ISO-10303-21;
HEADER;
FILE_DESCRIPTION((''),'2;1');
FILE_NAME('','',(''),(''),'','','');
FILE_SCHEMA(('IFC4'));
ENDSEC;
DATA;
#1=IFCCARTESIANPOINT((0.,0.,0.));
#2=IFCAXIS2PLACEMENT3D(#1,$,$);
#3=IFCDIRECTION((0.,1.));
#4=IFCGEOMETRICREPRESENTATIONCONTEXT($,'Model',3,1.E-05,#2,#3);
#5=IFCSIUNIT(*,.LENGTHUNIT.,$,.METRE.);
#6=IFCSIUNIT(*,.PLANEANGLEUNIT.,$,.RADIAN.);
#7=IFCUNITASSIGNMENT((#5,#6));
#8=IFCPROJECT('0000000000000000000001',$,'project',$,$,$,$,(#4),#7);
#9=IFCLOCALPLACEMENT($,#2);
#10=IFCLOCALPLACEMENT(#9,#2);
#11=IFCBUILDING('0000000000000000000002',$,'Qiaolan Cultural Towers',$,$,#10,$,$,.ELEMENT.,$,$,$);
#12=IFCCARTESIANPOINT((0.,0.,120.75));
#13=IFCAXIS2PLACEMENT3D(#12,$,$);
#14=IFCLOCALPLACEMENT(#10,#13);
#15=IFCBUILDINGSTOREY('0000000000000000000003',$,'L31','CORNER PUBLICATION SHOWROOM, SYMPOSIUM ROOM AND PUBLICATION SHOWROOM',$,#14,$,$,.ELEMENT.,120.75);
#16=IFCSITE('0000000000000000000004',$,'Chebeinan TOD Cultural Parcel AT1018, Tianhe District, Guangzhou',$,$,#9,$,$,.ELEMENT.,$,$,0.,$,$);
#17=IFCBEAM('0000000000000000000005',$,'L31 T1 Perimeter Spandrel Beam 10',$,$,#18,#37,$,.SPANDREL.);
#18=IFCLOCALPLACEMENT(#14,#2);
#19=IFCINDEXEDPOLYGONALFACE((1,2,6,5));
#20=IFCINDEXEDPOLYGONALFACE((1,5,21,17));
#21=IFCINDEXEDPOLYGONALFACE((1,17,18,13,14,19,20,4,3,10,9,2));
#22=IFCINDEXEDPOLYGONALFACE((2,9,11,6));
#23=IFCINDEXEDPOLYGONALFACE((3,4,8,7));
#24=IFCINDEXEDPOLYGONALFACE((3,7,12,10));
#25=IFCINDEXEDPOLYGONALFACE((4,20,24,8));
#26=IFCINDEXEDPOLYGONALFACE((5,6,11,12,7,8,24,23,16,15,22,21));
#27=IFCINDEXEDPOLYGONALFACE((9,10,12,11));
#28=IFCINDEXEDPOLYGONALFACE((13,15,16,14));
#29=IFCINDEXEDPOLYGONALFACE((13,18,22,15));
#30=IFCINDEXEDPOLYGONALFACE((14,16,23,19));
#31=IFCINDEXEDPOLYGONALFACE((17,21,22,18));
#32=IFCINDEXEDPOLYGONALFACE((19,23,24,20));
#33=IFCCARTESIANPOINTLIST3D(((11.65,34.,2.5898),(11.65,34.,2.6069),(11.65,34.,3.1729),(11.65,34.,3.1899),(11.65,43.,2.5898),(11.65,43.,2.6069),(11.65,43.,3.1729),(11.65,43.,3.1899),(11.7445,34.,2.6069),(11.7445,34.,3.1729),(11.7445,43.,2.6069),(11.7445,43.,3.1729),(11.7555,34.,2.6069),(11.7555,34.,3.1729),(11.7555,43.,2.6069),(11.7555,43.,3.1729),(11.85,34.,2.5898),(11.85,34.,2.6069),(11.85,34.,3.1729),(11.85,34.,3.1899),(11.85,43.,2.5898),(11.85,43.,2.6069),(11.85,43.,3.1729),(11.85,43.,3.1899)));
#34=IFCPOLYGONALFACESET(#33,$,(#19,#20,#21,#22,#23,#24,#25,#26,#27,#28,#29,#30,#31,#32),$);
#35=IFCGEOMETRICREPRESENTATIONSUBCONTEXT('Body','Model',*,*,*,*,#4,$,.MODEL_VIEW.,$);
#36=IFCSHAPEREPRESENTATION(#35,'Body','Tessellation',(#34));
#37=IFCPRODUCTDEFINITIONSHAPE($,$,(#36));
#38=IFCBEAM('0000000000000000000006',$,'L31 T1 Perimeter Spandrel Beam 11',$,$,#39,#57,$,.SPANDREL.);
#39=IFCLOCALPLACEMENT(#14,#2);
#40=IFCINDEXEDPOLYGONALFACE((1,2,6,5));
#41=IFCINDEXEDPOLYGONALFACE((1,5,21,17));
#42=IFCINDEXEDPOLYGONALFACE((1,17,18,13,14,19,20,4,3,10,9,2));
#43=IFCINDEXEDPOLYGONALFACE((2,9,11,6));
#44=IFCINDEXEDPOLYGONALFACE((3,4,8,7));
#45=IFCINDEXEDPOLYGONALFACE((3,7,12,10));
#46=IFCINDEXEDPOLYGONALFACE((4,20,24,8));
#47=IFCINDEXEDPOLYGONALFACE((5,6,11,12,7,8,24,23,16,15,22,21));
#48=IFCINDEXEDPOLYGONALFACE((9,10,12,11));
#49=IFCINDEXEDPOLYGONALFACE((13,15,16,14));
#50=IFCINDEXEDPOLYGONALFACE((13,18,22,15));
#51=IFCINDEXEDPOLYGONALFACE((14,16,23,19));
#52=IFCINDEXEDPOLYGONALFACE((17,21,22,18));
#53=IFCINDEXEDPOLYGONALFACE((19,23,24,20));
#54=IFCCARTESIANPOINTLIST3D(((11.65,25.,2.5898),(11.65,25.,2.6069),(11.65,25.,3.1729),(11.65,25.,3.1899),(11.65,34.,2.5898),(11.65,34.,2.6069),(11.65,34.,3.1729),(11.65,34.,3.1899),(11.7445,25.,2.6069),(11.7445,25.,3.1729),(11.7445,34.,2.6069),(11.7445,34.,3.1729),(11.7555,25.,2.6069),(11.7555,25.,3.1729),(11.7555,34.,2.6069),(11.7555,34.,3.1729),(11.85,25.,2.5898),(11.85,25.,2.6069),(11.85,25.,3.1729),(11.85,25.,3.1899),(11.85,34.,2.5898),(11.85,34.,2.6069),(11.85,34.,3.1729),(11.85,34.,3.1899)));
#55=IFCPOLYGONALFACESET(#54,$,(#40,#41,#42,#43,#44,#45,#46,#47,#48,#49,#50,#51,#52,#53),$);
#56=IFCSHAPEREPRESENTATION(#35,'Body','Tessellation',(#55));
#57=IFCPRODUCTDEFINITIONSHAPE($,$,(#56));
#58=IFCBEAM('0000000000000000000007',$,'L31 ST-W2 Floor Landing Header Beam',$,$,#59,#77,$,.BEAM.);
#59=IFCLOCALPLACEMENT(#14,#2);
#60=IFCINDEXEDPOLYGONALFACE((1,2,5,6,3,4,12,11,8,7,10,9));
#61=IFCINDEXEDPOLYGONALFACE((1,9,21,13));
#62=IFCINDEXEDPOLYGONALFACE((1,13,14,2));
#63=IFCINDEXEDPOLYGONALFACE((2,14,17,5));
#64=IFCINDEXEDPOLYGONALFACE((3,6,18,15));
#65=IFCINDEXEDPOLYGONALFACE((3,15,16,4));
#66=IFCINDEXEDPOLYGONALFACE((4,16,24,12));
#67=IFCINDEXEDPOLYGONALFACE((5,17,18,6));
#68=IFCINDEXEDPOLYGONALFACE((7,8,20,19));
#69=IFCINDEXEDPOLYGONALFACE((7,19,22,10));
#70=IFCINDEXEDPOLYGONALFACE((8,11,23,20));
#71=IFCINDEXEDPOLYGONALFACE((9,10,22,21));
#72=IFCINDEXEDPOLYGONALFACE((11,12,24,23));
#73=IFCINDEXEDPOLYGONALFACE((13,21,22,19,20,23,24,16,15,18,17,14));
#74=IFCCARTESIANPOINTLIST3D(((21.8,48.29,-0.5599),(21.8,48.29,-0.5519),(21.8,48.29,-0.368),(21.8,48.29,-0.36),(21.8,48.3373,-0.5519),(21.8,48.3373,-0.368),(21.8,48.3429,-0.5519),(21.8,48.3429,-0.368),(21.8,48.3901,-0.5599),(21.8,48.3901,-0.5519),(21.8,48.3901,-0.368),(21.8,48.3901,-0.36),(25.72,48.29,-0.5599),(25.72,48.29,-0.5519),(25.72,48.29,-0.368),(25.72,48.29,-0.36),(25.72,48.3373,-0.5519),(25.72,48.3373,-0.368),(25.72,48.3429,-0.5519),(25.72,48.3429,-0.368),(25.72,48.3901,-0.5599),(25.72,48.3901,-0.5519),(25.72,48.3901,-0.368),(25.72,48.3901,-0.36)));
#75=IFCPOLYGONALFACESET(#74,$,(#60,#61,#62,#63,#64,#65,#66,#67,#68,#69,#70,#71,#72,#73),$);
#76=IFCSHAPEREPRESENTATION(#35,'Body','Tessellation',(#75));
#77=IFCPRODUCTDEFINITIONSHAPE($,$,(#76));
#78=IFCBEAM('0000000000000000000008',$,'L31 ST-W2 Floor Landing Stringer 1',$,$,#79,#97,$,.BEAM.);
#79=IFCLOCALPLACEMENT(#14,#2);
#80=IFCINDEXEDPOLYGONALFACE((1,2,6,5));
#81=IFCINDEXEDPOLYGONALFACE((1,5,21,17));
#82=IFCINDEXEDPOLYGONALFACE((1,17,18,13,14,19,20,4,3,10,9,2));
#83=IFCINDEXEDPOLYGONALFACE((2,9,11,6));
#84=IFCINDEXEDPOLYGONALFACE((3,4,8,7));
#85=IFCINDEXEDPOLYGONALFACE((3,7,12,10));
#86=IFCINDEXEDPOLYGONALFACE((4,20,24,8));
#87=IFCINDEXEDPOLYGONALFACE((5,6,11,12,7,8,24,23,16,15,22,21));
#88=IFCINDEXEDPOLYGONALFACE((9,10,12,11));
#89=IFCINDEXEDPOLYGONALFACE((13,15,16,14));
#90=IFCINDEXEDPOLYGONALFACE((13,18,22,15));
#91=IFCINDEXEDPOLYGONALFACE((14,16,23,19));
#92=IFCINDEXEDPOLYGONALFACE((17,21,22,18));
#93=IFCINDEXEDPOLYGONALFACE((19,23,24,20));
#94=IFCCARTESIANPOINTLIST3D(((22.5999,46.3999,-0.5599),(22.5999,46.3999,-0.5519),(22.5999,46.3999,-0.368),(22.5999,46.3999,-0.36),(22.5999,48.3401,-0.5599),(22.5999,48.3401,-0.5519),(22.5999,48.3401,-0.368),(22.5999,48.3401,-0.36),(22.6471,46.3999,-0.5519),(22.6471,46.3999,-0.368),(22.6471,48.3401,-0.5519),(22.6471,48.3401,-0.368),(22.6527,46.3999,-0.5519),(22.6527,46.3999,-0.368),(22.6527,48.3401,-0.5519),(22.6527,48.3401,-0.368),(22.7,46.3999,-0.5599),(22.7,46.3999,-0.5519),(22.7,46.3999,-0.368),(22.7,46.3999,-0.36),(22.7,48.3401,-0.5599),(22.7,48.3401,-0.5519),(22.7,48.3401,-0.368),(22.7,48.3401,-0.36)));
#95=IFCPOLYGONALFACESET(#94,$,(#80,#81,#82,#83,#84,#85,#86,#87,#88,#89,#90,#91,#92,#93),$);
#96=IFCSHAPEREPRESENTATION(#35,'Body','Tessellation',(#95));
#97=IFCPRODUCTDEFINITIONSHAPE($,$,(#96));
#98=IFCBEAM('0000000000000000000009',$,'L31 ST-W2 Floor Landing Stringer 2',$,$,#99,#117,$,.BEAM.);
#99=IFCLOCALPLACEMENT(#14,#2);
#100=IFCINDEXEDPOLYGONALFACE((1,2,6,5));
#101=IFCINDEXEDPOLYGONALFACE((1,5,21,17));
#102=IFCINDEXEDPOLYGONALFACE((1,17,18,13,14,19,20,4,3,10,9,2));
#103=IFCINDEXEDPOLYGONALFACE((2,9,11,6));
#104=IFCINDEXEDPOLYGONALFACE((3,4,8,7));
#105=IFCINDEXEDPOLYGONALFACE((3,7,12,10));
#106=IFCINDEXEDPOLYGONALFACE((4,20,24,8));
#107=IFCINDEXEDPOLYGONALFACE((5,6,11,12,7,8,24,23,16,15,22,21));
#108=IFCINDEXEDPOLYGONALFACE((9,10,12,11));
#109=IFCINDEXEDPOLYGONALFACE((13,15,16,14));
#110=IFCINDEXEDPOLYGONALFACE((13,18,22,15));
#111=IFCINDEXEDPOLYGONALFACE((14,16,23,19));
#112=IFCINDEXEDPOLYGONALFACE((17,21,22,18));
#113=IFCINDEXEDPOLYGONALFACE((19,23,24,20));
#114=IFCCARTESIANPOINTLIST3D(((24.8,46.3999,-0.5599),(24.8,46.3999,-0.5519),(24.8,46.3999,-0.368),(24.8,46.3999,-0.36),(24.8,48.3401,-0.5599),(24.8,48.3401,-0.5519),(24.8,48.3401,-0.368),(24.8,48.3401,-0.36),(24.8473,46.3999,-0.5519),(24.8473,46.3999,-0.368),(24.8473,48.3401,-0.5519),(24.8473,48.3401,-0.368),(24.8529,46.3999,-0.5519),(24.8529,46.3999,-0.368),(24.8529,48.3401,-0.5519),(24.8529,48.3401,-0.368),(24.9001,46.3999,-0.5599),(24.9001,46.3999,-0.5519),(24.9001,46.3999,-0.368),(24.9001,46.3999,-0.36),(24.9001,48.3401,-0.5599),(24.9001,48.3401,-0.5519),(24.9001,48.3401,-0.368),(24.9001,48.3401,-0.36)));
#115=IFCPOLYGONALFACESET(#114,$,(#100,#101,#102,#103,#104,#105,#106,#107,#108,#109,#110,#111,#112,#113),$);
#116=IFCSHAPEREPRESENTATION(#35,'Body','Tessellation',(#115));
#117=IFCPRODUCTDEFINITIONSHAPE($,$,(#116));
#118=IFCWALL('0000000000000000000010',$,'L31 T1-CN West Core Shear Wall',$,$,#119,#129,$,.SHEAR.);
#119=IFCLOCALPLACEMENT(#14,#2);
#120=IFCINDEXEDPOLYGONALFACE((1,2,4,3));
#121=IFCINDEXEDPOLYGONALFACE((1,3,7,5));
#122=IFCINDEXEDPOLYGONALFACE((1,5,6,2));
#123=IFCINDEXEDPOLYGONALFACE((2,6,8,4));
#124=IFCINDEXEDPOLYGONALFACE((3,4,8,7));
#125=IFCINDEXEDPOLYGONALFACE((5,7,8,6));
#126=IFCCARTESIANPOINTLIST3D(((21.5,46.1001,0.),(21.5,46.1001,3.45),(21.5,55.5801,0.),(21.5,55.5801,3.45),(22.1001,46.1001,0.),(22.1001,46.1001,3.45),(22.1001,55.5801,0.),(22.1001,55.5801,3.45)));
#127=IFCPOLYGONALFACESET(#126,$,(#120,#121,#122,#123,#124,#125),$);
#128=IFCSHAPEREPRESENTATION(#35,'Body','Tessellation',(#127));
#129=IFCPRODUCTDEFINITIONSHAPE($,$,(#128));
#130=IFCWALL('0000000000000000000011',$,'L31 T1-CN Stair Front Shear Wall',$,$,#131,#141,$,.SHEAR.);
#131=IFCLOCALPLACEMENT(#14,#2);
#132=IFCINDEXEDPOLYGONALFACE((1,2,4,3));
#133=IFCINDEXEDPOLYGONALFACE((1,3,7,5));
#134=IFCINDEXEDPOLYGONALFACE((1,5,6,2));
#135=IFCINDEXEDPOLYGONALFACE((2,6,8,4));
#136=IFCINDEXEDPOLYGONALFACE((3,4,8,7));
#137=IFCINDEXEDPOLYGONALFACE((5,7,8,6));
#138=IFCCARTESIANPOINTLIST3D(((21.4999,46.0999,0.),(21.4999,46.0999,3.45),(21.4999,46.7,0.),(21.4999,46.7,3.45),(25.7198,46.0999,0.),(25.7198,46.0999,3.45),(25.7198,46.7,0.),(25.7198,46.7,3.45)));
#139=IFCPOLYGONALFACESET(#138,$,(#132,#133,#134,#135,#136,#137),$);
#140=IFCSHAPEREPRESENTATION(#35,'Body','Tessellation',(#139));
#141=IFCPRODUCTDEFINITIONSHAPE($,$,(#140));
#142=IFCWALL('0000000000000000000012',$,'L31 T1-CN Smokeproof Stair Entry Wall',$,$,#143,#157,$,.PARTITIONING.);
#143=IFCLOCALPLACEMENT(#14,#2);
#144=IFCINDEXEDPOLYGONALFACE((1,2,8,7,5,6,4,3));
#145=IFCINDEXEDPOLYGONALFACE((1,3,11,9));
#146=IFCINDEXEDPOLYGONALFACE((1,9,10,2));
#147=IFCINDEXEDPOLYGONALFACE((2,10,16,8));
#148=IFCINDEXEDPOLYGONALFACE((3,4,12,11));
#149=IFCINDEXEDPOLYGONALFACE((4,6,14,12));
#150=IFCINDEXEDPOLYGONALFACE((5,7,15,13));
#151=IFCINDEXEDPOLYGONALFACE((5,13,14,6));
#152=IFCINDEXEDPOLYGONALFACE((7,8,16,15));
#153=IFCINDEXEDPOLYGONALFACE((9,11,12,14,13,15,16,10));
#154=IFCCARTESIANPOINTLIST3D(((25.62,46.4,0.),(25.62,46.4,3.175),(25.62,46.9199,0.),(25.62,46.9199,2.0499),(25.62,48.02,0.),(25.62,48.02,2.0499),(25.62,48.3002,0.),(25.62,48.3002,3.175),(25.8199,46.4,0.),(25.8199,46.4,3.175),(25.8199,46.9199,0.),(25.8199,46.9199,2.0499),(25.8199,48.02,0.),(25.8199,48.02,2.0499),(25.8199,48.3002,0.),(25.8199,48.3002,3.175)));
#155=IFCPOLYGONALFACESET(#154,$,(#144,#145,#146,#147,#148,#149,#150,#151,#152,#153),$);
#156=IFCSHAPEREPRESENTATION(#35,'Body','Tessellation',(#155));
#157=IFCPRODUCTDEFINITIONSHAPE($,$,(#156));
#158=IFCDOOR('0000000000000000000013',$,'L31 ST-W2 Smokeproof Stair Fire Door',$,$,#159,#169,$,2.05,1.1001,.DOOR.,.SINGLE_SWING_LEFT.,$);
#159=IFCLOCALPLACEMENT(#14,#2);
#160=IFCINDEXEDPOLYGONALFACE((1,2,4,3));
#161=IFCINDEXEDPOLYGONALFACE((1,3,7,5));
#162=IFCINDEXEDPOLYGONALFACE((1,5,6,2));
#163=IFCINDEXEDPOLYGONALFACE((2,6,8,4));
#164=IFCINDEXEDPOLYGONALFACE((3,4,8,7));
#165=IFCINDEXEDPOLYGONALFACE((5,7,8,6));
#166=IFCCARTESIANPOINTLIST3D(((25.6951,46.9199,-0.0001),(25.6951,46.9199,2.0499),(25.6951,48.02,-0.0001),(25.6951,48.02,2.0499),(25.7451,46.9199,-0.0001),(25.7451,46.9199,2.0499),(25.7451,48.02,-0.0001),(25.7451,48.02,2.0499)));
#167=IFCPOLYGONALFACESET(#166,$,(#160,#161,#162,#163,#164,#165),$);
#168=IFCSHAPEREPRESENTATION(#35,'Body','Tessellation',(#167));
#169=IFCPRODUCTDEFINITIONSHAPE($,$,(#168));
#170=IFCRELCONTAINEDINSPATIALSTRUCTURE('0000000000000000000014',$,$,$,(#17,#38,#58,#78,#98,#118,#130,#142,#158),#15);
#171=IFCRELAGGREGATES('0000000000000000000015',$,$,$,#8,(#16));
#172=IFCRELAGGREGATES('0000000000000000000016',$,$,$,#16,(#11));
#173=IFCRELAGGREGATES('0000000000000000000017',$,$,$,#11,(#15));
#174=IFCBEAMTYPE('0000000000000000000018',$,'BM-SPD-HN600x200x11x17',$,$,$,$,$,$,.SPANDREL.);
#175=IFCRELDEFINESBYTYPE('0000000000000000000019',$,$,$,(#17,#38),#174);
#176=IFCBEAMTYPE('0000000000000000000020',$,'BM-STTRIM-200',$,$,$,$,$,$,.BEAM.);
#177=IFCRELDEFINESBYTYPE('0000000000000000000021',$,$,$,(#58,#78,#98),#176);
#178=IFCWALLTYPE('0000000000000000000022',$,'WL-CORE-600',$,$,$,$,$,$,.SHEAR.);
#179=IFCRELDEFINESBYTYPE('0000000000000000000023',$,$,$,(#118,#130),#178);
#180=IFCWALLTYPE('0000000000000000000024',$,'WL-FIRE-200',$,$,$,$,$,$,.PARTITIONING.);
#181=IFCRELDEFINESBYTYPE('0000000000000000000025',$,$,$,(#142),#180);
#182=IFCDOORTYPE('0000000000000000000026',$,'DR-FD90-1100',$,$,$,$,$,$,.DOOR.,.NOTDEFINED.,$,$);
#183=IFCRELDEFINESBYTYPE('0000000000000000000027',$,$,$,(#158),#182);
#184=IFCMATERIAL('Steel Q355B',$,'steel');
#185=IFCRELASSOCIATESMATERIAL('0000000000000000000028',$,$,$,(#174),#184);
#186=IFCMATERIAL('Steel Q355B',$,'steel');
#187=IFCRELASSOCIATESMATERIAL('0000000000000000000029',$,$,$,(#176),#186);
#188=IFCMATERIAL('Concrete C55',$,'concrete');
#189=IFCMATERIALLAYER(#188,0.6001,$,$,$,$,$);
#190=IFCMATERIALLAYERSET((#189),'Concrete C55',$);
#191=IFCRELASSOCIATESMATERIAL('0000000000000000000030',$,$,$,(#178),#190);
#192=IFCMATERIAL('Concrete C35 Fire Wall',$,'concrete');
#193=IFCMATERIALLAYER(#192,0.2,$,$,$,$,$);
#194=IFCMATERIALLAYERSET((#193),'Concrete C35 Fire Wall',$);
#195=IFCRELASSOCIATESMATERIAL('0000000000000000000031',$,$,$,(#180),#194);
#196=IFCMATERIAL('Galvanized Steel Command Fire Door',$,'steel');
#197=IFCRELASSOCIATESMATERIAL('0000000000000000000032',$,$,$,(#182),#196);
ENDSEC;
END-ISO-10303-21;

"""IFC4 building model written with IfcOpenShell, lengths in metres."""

from ifc_helpers import new_model, si_unit, direction, frame, frame_2d, origin, origin_2d, place, context, subcontext, project, spatial, rectangle, i_section, extrude, material, layer, layer_set, material_profile, profile_set, type_object, element, fill, save


model = new_model("IFC4")

# Units and contexts
model_context = context("Model", 3, precision=1e-05, world=origin(), true_north=direction((0.0, 1.0)))
body_context = subcontext(model_context, "Body", "Model", "MODEL_VIEW")
ifc_project = project(units=[si_unit("LENGTHUNIT", "METRE"), si_unit("PLANEANGLEUNIT", "RADIAN")], contexts=[model_context])

# Site, building, storey
site_placement = place(None, origin())
site = spatial("IfcSite", under=ifc_project, at=site_placement, Name="Chebeinan TOD Cultural Parcel AT1018, Tianhe District, Guangzhou", CompositionType="ELEMENT", RefElevation=0.0)
building_placement = place(site_placement, origin())
building = spatial("IfcBuilding", under=site, at=building_placement, Name="Qiaolan Cultural Towers", CompositionType="ELEMENT")
storey_placement = place(building_placement, frame((0.0, 0.0, 120.75)))
storey = spatial("IfcBuildingStorey", under=building, at=storey_placement, Name="L31", Description="CORNER PUBLICATION SHOWROOM, SYMPOSIUM ROOM AND PUBLICATION SHOWROOM", CompositionType="ELEMENT", Elevation=120.75)

# Beams
ifc_material_1 = material(Name="Steel Q355B", Category="steel")
ifc_material_profile_1 = material_profile(ifc_material_1, i_section(OverallWidth=0.2, OverallDepth=0.6001, WebThickness=0.011, FlangeThickness=0.0171, at=origin_2d()), Name="HN600x200x11x17")
ifc_profile_set_1 = profile_set([ifc_material_profile_1], Name="Steel Q355B")
beam_type_1 = type_object("IfcBeamType", Name="BM-SPD-HN600x200x11x17", PredefinedType="SPANDREL", material=ifc_profile_set_1)
for number, where, z_axis, x_axis, name in (
    (1, (11.75, 43.0, 2.8899), (0.0, -1.0, 0.0), (1.0, 0.0, 0.0), "L31 T1 Perimeter Spandrel Beam 10"),
    (2, (11.75, 34.0, 2.8899), (0.0, -1.0, 0.0), (1.0, 0.0, 0.0), "L31 T1 Perimeter Spandrel Beam 11"),
):
    element("IfcBeam", number, at=place(storey_placement, frame(where, z_axis=z_axis, x_axis=x_axis)), inside=storey, type_object=beam_type_1, Name=name, PredefinedType="SPANDREL", context=body_context, shape_type="SweptSolid", body=[
        extrude(i_section(OverallWidth=0.2, OverallDepth=0.6001, WebThickness=0.011, FlangeThickness=0.0171, at=origin_2d()), origin(), (0.0, 0.0, 1.0), 9.0),
    ])
ifc_material_2 = material(Name="Steel Q355B", Category="steel")
ifc_material_profile_2 = material_profile(ifc_material_2, i_section(OverallWidth=0.1001, OverallDepth=0.2, WebThickness=0.0056, FlangeThickness=0.0081, at=origin_2d()), Name="HN200x100x5.5x8")
ifc_profile_set_2 = profile_set([ifc_material_profile_2], Name="Steel Q355B")
beam_type_2 = type_object("IfcBeamType", Name="BM-STTRIM-200", PredefinedType="BEAM", material=ifc_profile_set_2)
beam_1_placement = place(storey_placement, frame((21.8, 48.3401, -0.46), z_axis=(1.0, 0.0, 0.0), x_axis=(0.0, 1.0, 0.0)))
element("IfcBeam", 3, at=beam_1_placement, inside=storey, type_object=beam_type_2, Name="L31 ST-W2 Floor Landing Header Beam", PredefinedType="BEAM", context=body_context, shape_type="SweptSolid", body=[
    extrude(i_section(OverallWidth=0.1001, OverallDepth=0.2, WebThickness=0.0056, FlangeThickness=0.0081, at=origin_2d()), origin(), (0.0, 0.0, 1.0), 3.9199),
])
for number, where, z_axis, x_axis, name in (
    (4, (22.6499, 46.3999, -0.46), (0.0, 1.0, 0.0), (-1.0, 0.0, 0.0), "L31 ST-W2 Floor Landing Stringer 1"),
    (5, (24.8501, 46.3999, -0.46), (0.0, 1.0, 0.0), (-1.0, 0.0, 0.0), "L31 ST-W2 Floor Landing Stringer 2"),
):
    element("IfcBeam", number, at=place(storey_placement, frame(where, z_axis=z_axis, x_axis=x_axis)), inside=storey, type_object=beam_type_2, Name=name, PredefinedType="BEAM", context=body_context, shape_type="SweptSolid", body=[
        extrude(i_section(OverallWidth=0.1001, OverallDepth=0.2, WebThickness=0.0056, FlangeThickness=0.0081, at=origin_2d()), origin(), (0.0, 0.0, 1.0), 1.9402),
    ])

# Walls
ifc_material_3 = material(Name="Concrete C55", Category="concrete")
ifc_layer_1 = layer(ifc_material_3, 0.6001)
ifc_layer_set_1 = layer_set([ifc_layer_1], Name="Concrete C55")
wall_type_1 = type_object("IfcWallType", Name="WL-CORE-600", PredefinedType="SHEAR", material=ifc_layer_set_1)
wall_1_placement = place(storey_placement, frame((21.8, 46.1001, 0.0), z_axis=(0.0, 0.0, 1.0), x_axis=(0.0, 1.0, 0.0)))
element("IfcWall", 6, at=wall_1_placement, inside=storey, type_object=wall_type_1, Name="L31 T1-CN West Core Shear Wall", PredefinedType="SHEAR", context=body_context, shape_type="SweptSolid", body=[
    extrude(rectangle(XDim=9.48, YDim=0.6001, at=frame_2d((4.74, 0.0))), origin(), (0.0, 0.0, 1.0), 3.45),
])
wall_2_placement = place(storey_placement, frame((21.5, 46.3999, 0.0), z_axis=(0.0, 0.0, 1.0), x_axis=(1.0, 0.0, 0.0)))
element("IfcWall", 7, at=wall_2_placement, inside=storey, type_object=wall_type_1, Name="L31 T1-CN Stair Front Shear Wall", PredefinedType="SHEAR", context=body_context, shape_type="SweptSolid", body=[
    extrude(rectangle(XDim=4.22, YDim=0.6001, at=frame_2d((2.1099, 0.0))), origin(), (0.0, 0.0, 1.0), 3.45),
])

# Wall, opening, door
ifc_material_4 = material(Name="Concrete C35 Fire Wall", Category="concrete")
ifc_layer_2 = layer(ifc_material_4, 0.2)
ifc_layer_set_2 = layer_set([ifc_layer_2], Name="Concrete C35 Fire Wall")
wall_type_2 = type_object("IfcWallType", Name="WL-FIRE-200", PredefinedType="PARTITIONING", material=ifc_layer_set_2)
wall_3_placement = place(storey_placement, frame((25.72, 46.3999, 0.0), z_axis=(0.0, 0.0, 1.0), x_axis=(0.0, 1.0, 0.0)))
wall_3 = element("IfcWall", 8, at=wall_3_placement, inside=storey, type_object=wall_type_2, Name="L31 T1-CN Smokeproof Stair Entry Wall", PredefinedType="PARTITIONING", context=body_context, shape_type="SweptSolid", body=[
    extrude(rectangle(XDim=1.9001, YDim=0.2, at=frame_2d((0.9502, 0.0))), origin(), (0.0, 0.0, 1.0), 3.175),
])
opening_1_placement = place(wall_3_placement, frame((0.52, 0.0, 0.0)))
opening_1 = element("IfcOpeningElement", 9, at=opening_1_placement, cuts=wall_3, PredefinedType="OPENING", context=body_context, shape_type="SweptSolid", body=[
    extrude(rectangle(XDim=1.1001, YDim=2.05, at=frame_2d((0.55, 1.0249))), frame((0.0, 0.1099, 0.0), z_axis=(0.0, -1.0, 0.0), x_axis=(1.0, 0.0, 0.0)), (0.0, 0.0, 1.0), 0.22),
])
ifc_material_5 = material(Name="Galvanized Steel Command Fire Door", Category="steel")
door_type_1 = type_object("IfcDoorType", Name="DR-FD90-1100", OperationType="NOTDEFINED", PredefinedType="DOOR", material=ifc_material_5)
door_1_placement = place(opening_1_placement, origin())
door_1 = element("IfcDoor", 10, at=door_1_placement, inside=storey, type_object=door_type_1, Name="L31 ST-W2 Smokeproof Stair Fire Door", OperationType="SINGLE_SWING_LEFT", OverallHeight=2.05, OverallWidth=1.1001, PredefinedType="DOOR", context=body_context, shape_type="SweptSolid", body=[
    extrude(rectangle(XDim=1.1001, YDim=2.05, at=frame_2d((0.55, 1.0249))), frame((0.0, 0.0249, 0.0), z_axis=(0.0, -1.0, 0.0), x_axis=(1.0, 0.0, 0.0)), (0.0, 0.0, 1.0), 0.05),
])
fill(opening_1, door_1)

save(model, "model.ifc")
